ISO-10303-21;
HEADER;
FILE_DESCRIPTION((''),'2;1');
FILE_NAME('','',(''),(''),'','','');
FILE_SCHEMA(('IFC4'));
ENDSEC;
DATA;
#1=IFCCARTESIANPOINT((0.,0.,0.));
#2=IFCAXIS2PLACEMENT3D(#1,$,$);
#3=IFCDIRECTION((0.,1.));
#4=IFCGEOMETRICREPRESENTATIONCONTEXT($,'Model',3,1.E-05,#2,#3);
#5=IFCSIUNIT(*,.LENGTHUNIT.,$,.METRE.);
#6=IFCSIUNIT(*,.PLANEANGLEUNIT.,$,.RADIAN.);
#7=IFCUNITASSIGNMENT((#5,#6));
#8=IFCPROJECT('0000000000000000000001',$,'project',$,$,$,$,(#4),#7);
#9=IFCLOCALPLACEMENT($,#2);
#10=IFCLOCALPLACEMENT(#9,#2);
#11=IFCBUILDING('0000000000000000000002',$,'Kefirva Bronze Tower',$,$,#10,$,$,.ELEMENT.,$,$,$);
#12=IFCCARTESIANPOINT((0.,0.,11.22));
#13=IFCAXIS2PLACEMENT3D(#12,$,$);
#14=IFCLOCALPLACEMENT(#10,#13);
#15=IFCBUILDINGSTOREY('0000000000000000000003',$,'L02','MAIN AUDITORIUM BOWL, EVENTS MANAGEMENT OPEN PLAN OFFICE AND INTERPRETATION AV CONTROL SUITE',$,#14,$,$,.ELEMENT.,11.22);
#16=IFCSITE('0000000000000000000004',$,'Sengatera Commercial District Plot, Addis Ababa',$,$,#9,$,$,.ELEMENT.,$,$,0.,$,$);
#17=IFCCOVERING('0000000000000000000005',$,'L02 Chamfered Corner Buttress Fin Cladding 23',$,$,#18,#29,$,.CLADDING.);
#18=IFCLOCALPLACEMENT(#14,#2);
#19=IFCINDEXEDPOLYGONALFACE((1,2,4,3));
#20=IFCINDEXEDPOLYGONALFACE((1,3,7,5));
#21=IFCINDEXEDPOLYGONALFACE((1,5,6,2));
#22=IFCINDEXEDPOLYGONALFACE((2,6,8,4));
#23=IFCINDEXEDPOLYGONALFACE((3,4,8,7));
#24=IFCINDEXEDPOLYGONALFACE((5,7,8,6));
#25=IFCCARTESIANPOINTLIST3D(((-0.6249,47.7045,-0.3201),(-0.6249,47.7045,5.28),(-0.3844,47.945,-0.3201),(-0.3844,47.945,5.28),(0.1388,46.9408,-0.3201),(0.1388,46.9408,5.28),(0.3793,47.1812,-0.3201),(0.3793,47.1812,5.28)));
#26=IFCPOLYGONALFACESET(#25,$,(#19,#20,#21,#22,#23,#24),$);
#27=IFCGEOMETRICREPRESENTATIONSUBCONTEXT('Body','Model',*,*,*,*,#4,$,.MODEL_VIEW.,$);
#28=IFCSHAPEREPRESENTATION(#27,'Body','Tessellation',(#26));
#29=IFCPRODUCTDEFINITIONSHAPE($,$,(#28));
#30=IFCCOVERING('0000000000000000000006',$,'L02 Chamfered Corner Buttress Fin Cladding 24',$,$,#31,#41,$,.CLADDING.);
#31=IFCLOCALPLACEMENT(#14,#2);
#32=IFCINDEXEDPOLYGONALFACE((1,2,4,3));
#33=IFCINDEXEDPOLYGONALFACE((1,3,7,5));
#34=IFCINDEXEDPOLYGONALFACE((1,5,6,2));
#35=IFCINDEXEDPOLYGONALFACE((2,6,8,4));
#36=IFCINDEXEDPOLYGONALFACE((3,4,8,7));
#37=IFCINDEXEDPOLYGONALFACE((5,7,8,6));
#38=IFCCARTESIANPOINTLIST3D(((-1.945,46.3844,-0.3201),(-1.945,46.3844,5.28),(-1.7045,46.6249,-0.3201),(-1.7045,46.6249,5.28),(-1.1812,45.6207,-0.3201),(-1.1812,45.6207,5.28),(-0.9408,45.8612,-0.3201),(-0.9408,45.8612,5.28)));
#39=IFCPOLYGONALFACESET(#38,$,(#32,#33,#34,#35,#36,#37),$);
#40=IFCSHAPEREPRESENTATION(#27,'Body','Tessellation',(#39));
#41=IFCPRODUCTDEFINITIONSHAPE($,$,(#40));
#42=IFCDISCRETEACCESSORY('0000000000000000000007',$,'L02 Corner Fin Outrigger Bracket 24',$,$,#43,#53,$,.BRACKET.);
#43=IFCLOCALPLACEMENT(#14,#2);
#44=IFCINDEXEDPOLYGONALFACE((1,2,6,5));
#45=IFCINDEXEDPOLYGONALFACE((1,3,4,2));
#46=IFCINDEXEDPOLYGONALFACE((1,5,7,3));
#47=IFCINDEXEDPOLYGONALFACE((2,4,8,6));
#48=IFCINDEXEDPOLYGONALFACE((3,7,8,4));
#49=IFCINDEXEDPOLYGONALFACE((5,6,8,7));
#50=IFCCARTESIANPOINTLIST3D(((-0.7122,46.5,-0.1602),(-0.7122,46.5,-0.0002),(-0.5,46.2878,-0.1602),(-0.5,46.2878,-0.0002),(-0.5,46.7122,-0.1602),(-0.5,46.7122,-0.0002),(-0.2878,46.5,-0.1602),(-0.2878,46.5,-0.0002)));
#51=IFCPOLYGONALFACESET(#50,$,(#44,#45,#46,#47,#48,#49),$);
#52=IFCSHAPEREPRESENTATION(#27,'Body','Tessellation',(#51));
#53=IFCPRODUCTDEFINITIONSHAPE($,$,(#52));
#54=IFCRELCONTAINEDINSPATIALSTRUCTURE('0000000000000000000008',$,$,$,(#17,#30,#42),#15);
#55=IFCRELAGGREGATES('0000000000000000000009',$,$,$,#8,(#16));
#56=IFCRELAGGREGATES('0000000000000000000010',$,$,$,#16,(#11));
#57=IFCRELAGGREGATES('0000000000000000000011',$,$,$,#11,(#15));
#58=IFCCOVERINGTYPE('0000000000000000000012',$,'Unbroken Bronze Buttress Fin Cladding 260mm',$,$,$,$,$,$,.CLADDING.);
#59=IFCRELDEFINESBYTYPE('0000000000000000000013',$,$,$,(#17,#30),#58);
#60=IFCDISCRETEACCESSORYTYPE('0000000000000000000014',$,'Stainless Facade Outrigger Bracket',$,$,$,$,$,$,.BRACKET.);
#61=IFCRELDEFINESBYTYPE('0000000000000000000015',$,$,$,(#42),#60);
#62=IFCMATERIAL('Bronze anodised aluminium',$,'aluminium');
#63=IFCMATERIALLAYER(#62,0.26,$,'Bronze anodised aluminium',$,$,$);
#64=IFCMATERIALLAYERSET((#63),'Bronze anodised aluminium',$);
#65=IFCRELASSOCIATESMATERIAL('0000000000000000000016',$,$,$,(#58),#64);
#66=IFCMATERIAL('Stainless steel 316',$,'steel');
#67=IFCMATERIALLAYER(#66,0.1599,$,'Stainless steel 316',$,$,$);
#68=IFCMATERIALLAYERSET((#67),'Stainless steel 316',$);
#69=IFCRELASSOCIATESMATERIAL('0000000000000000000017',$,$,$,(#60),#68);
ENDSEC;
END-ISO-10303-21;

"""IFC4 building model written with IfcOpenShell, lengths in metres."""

from ifc_helpers import new_model, si_unit, direction, frame, origin, origin_2d, place, context, subcontext, project, spatial, rectangle, extrude, material, layer, layer_set, type_object, element, save


model = new_model("IFC4")

# Units and contexts
model_context = context("Model", 3, precision=1e-05, world=origin(), true_north=direction((0.0, 1.0)))
body_context = subcontext(model_context, "Body", "Model", "MODEL_VIEW")
ifc_project = project(units=[si_unit("LENGTHUNIT", "METRE"), si_unit("PLANEANGLEUNIT", "RADIAN")], contexts=[model_context])

# Site, building, storey
site_placement = place(None, origin())
site = spatial("IfcSite", under=ifc_project, at=site_placement, Name="Sengatera Commercial District Plot, Addis Ababa", CompositionType="ELEMENT", RefElevation=0.0)
building_placement = place(site_placement, origin())
building = spatial("IfcBuilding", under=site, at=building_placement, Name="Kefirva Bronze Tower", CompositionType="ELEMENT")
storey_placement = place(building_placement, frame((0.0, 0.0, 11.22)))
storey = spatial("IfcBuildingStorey", under=building, at=storey_placement, Name="L02", Description="MAIN AUDITORIUM BOWL, EVENTS MANAGEMENT OPEN PLAN OFFICE AND INTERPRETATION AV CONTROL SUITE", CompositionType="ELEMENT", Elevation=11.22)

# Shared definitions
ifc_material_1 = material(Name="Bronze anodised aluminium", Category="aluminium")

# Shared definitions
ifc_material_2 = material(Name="Stainless steel 316", Category="steel")

# Coverings
ifc_layer_1 = layer(ifc_material_1, 0.26, Name="Bronze anodised aluminium")
ifc_layer_set_1 = layer_set([ifc_layer_1], Name="Bronze anodised aluminium")
covering_type_1 = type_object("IfcCoveringType", Name="Unbroken Bronze Buttress Fin Cladding 260mm", PredefinedType="CLADDING", material=ifc_layer_set_1)
for number, where, z_axis, x_axis, name in (
    (1, (-0.1228, 47.4429, -0.3201), (0.0, 0.0, 1.0), (-0.707107, -0.707107, 0.0), "L02 Chamfered Corner Buttress Fin Cladding 23"),
    (2, (-1.4429, 46.1228, -0.3201), (0.0, 0.0, 1.0), (-0.707107, -0.707107, 0.0), "L02 Chamfered Corner Buttress Fin Cladding 24"),
):
    element("IfcCovering", number, at=place(storey_placement, frame(where, z_axis=z_axis, x_axis=x_axis)), inside=storey, type_object=covering_type_1, Name=name, PredefinedType="CLADDING", context=body_context, shape_type="SweptSolid", body=[
        extrude(rectangle(XDim=0.3401, YDim=1.0801, at=origin_2d()), origin(), (0.0, 0.0, 1.0), 5.6001),
    ])

# Discrete accessory
ifc_layer_2 = layer(ifc_material_2, 0.1599, Name="Stainless steel 316")
ifc_layer_set_2 = layer_set([ifc_layer_2], Name="Stainless steel 316")
discrete_accessory_type = type_object("IfcDiscreteAccessoryType", Name="Stainless Facade Outrigger Bracket", PredefinedType="BRACKET", material=ifc_layer_set_2)
discrete_accessory_placement = place(storey_placement, frame((-0.5, 46.5, -0.1602), z_axis=(0.0, 0.0, 1.0), x_axis=(-0.707107, -0.707107, 0.0)))
element("IfcDiscreteAccessory", 3, at=discrete_accessory_placement, inside=storey, type_object=discrete_accessory_type, Name="L02 Corner Fin Outrigger Bracket 24", PredefinedType="BRACKET", context=body_context, shape_type="SweptSolid", body=[
    extrude(rectangle(XDim=0.3, YDim=0.3, at=origin_2d()), origin(), (0.0, 0.0, 1.0), 0.1599),
])

save(model, "model.ifc")
